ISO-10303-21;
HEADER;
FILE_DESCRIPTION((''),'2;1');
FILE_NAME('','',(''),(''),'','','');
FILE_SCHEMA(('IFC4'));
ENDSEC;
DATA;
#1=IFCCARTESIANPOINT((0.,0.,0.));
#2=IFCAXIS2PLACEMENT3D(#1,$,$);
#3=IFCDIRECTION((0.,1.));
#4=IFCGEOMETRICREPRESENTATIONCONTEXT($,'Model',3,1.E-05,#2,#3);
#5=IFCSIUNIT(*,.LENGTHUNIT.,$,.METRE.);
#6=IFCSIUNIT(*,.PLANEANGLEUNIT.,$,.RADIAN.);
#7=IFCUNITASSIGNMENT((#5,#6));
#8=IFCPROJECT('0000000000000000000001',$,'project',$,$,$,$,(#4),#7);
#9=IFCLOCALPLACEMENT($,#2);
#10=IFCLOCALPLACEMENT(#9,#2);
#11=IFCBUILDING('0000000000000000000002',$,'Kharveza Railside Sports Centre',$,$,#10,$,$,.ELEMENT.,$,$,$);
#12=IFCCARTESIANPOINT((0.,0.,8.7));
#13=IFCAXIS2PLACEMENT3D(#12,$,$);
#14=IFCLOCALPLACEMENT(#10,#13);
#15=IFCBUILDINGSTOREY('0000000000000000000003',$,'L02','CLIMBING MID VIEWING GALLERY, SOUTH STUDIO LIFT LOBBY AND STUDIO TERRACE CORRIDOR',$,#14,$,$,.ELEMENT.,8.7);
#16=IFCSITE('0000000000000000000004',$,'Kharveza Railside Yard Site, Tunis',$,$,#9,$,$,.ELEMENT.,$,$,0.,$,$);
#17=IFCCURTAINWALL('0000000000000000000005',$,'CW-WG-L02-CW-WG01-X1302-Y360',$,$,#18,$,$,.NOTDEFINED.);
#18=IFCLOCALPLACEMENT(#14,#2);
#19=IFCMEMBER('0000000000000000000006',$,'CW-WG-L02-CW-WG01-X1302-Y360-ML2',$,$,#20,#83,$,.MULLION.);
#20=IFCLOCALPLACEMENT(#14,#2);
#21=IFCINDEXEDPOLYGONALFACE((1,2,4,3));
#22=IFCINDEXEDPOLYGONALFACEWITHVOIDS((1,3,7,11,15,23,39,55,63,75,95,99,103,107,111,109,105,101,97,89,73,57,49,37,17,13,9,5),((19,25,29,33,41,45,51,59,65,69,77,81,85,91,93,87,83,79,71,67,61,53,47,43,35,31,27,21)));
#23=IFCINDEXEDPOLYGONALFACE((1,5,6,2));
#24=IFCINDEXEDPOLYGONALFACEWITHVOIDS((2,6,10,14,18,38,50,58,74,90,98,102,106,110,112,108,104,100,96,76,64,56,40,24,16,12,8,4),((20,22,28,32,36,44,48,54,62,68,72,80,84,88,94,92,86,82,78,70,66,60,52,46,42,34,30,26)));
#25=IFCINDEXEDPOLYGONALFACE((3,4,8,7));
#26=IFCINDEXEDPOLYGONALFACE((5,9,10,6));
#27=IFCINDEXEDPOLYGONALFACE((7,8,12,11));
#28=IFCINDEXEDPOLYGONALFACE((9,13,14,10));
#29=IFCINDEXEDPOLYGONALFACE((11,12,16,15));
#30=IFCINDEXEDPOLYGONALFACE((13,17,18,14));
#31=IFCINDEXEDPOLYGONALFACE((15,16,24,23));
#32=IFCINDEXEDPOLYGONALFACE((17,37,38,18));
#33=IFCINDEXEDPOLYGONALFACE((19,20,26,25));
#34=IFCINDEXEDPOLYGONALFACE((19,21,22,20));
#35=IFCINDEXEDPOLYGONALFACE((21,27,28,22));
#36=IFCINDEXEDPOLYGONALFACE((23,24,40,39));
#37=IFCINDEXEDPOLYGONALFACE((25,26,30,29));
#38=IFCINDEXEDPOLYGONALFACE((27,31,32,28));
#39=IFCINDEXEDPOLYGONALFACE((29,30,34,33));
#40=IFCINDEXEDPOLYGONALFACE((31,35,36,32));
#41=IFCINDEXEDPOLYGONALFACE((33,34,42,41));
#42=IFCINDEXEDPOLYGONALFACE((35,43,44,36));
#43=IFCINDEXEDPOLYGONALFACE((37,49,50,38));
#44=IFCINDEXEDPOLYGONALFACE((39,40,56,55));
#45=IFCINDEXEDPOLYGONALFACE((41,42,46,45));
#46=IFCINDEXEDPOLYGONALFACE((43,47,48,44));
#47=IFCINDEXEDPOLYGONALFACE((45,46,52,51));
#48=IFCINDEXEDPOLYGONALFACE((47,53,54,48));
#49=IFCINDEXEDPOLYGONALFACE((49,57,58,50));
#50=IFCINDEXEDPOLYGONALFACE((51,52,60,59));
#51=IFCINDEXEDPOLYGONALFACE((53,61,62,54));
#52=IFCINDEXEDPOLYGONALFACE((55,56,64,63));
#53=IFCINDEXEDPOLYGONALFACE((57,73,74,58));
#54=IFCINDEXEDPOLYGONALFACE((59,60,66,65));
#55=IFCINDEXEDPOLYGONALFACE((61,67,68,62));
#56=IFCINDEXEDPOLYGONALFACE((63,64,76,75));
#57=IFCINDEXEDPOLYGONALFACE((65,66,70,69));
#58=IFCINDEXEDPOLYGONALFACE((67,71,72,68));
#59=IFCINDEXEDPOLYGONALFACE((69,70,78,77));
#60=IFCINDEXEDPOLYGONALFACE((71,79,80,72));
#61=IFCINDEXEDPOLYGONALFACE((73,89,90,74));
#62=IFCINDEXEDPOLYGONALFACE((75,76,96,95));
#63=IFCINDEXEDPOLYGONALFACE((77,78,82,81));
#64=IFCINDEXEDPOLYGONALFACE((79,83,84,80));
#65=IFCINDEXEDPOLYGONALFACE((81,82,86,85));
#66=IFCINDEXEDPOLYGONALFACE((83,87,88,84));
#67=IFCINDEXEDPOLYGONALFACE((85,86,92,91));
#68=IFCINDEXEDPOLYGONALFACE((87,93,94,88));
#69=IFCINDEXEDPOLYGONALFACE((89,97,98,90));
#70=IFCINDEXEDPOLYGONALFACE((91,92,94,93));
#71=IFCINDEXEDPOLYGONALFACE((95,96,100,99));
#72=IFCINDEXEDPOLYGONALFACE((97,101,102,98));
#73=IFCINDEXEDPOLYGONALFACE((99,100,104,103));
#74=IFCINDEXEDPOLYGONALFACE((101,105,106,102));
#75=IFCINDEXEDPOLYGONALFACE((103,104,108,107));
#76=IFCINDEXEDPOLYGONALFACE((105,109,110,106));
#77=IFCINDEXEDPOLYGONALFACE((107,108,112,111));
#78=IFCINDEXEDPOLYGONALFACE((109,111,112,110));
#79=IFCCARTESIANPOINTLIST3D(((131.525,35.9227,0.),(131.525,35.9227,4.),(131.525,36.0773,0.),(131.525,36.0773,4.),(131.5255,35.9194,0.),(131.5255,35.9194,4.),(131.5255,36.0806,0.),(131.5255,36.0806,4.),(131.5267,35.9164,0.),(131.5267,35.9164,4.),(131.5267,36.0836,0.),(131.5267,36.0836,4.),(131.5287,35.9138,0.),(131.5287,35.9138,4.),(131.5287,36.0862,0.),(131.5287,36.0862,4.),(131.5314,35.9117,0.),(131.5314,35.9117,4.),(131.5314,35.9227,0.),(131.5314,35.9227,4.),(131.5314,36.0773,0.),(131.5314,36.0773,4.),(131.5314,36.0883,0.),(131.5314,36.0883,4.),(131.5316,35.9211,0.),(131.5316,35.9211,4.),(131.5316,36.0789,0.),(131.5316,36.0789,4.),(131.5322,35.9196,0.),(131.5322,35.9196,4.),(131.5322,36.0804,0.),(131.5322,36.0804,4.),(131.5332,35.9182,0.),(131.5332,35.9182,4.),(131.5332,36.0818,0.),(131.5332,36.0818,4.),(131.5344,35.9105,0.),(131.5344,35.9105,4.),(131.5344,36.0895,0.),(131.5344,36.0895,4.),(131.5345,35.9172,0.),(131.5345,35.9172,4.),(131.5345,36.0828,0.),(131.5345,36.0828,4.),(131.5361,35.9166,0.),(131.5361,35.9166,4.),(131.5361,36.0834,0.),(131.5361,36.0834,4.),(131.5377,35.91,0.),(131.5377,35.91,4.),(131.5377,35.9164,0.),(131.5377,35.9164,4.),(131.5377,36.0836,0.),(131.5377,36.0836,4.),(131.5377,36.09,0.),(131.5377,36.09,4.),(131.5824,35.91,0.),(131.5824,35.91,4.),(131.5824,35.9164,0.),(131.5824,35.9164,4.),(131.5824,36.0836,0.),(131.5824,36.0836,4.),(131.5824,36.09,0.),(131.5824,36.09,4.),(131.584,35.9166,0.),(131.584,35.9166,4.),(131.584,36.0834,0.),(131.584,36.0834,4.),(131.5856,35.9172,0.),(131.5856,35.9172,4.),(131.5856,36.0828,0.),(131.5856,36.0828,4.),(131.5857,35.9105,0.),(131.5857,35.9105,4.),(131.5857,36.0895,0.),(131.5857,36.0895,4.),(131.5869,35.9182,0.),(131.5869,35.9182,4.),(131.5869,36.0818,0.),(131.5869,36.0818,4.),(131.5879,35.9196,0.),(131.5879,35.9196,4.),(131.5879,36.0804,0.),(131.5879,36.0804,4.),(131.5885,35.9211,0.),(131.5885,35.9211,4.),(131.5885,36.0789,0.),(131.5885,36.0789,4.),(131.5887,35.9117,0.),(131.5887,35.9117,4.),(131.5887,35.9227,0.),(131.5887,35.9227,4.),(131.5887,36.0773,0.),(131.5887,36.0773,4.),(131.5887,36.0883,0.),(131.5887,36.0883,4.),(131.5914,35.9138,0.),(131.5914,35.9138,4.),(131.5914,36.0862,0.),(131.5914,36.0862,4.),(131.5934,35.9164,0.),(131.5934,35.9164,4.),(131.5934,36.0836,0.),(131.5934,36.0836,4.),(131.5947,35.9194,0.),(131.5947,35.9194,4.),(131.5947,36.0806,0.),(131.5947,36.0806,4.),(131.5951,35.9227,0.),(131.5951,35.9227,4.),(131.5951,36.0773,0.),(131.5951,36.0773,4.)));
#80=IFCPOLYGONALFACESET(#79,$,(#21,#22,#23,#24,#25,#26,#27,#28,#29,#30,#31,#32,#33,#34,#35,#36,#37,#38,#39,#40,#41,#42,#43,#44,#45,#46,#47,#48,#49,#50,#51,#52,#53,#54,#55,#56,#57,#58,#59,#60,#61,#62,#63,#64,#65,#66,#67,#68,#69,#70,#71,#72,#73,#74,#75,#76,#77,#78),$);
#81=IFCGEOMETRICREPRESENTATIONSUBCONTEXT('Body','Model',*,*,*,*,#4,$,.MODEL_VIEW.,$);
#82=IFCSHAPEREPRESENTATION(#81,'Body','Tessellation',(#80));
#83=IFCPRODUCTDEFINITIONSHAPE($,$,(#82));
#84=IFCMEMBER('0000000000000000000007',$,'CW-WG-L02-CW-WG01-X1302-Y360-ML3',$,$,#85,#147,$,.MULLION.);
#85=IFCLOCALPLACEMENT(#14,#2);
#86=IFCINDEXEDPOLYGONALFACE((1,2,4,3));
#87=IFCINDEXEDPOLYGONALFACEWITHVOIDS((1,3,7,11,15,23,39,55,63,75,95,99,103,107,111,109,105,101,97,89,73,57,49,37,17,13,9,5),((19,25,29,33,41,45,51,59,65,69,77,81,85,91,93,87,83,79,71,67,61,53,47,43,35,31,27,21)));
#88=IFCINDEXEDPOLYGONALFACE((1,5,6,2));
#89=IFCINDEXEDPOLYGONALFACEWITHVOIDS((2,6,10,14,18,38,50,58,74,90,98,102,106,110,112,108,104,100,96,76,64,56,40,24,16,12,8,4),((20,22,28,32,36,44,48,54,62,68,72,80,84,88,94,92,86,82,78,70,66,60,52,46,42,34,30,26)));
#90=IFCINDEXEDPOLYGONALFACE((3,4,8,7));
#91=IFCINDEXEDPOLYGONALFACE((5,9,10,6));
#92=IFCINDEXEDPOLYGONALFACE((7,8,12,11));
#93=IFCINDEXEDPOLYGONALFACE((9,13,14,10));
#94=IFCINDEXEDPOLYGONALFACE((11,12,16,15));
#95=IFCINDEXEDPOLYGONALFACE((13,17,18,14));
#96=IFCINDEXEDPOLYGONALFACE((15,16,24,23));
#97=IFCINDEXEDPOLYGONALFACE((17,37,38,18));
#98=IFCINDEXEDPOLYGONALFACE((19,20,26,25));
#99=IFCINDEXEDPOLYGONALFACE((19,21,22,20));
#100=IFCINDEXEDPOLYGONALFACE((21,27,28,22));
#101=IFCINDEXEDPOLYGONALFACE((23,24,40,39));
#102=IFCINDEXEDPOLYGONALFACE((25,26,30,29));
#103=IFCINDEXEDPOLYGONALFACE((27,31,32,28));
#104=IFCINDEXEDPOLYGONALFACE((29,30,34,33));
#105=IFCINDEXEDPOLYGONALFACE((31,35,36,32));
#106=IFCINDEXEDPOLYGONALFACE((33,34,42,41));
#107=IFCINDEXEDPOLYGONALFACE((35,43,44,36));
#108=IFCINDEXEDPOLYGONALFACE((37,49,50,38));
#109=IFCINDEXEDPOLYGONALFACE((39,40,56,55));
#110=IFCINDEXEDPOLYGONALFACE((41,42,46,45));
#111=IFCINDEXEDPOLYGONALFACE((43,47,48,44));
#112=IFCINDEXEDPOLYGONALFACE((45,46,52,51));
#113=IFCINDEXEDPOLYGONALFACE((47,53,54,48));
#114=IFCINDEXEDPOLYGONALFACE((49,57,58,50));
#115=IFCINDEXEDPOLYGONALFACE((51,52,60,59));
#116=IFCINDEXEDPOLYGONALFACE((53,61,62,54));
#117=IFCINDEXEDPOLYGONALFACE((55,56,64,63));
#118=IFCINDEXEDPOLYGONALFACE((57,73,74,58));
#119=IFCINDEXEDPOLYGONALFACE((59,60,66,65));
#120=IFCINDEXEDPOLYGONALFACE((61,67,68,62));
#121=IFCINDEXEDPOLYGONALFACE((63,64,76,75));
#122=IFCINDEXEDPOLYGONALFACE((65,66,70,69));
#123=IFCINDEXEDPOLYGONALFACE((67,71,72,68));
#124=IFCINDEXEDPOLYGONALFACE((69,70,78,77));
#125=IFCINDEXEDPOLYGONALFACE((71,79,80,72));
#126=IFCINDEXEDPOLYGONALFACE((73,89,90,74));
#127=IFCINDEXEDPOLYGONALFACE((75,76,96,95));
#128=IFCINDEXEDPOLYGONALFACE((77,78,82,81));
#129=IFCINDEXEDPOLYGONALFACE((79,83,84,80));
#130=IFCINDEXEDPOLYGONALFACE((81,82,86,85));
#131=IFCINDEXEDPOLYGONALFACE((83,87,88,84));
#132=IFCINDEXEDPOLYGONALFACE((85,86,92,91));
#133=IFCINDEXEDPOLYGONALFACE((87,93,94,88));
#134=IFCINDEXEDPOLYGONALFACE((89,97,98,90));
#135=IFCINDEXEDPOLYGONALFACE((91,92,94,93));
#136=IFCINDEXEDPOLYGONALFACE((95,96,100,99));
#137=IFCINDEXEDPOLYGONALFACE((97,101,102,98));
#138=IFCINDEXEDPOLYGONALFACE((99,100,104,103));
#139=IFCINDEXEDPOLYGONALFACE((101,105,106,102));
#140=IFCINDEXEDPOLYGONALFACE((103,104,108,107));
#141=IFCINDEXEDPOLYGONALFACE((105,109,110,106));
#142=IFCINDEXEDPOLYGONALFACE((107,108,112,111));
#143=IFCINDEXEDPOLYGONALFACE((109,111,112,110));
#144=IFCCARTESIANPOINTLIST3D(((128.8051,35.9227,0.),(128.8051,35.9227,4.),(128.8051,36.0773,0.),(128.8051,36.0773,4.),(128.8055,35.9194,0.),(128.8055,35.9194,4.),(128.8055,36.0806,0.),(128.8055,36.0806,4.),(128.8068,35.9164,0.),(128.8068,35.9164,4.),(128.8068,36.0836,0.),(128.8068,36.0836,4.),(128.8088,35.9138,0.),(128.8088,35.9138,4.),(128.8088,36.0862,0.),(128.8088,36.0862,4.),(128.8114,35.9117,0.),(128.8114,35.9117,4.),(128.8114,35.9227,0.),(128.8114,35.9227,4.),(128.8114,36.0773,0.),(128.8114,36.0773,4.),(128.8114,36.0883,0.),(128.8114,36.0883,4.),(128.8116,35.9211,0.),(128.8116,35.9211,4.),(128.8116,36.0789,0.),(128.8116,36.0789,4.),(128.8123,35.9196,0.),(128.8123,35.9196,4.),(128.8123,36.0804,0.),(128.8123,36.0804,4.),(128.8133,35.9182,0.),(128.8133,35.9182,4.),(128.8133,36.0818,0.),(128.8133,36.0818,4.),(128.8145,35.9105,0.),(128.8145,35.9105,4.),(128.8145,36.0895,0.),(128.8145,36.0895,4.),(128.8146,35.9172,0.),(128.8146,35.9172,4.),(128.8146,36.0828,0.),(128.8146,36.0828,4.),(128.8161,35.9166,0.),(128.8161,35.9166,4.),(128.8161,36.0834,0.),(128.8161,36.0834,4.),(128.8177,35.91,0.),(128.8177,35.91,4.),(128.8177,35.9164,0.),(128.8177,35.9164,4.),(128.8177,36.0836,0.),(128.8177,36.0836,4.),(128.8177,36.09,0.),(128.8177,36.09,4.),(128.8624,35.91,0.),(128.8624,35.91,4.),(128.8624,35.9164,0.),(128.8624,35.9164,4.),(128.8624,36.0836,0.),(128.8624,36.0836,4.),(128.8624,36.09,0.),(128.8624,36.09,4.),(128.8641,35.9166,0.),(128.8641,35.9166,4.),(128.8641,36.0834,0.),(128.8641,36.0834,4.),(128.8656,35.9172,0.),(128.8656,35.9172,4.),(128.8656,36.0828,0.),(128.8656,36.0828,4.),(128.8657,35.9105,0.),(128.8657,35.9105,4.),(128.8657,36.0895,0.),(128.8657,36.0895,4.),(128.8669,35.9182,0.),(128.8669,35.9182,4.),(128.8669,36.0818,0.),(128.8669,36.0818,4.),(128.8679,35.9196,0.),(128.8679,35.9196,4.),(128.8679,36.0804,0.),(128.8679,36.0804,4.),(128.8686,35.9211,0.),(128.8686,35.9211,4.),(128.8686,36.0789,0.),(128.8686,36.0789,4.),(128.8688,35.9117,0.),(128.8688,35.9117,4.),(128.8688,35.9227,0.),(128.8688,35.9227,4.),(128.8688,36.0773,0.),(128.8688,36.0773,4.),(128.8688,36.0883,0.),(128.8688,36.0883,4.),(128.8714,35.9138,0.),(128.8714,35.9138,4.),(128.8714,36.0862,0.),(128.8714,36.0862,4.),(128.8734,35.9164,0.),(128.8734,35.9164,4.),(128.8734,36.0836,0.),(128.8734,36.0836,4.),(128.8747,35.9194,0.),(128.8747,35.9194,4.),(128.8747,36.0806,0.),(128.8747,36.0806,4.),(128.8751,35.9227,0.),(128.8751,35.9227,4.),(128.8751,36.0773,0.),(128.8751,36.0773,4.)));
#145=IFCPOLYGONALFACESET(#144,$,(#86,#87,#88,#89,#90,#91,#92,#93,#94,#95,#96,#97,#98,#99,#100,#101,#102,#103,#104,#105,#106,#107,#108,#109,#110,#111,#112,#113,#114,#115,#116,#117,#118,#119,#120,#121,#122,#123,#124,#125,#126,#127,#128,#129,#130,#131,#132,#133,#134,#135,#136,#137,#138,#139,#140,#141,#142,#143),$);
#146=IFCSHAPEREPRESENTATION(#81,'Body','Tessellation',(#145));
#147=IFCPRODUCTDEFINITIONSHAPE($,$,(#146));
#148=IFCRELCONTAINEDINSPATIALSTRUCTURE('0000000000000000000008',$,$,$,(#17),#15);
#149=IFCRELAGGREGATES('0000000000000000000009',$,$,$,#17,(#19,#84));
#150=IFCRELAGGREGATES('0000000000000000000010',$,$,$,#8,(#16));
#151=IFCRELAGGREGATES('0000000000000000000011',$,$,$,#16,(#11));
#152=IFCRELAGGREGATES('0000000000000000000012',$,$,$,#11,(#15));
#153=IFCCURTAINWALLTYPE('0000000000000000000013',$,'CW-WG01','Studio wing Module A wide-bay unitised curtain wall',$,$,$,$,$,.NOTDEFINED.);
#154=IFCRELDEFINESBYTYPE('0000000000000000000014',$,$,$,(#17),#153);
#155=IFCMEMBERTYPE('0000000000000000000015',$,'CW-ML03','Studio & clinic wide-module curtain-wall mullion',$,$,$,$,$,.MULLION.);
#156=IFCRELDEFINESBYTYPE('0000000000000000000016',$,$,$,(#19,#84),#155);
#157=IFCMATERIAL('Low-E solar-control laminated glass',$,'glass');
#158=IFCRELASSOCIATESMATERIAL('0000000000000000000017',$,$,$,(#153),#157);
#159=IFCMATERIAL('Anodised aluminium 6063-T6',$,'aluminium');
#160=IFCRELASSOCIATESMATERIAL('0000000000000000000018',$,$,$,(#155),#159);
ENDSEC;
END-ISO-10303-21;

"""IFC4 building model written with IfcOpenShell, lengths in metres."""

from ifc_helpers import new_model, si_unit, direction, frame, origin, origin_2d, place, context, subcontext, project, spatial, hollow_rectangle, extrude, material, material_profile, profile_set, type_object, element, aggregate, save


model = new_model("IFC4")

# Units and contexts
model_context = context("Model", 3, precision=1e-05, world=origin(), true_north=direction((0.0, 1.0)))
body_context = subcontext(model_context, "Body", "Model", "MODEL_VIEW")
ifc_project = project(units=[si_unit("LENGTHUNIT", "METRE"), si_unit("PLANEANGLEUNIT", "RADIAN")], contexts=[model_context])

# Site, building, storey
site_placement = place(None, origin())
site = spatial("IfcSite", under=ifc_project, at=site_placement, Name="Kharveza Railside Yard Site, Tunis", CompositionType="ELEMENT", RefElevation=0.0)
building_placement = place(site_placement, origin())
building = spatial("IfcBuilding", under=site, at=building_placement, Name="Kharveza Railside Sports Centre", CompositionType="ELEMENT")
storey_placement = place(building_placement, frame((0.0, 0.0, 8.7)))
storey = spatial("IfcBuildingStorey", under=building, at=storey_placement, Name="L02", Description="CLIMBING MID VIEWING GALLERY, SOUTH STUDIO LIFT LOBBY AND STUDIO TERRACE CORRIDOR", CompositionType="ELEMENT", Elevation=8.7)

# Curtain wall, members
ifc_material_1 = material(Name="Low-E solar-control laminated glass", Category="glass")
curtain_wall_type = type_object("IfcCurtainWallType", Name="CW-WG01", Description="Studio wing Module A wide-bay unitised curtain wall", PredefinedType="NOTDEFINED", material=ifc_material_1)
curtain_wall_1_placement = place(storey_placement, origin())
curtain_wall_1 = element("IfcCurtainWall", 1, at=curtain_wall_1_placement, inside=storey, type_object=curtain_wall_type, Name="CW-WG-L02-CW-WG01-X1302-Y360", PredefinedType="NOTDEFINED")
ifc_material_2 = material(Name="Anodised aluminium 6063-T6", Category="aluminium")
ifc_material_profile_1 = material_profile(ifc_material_2, hollow_rectangle(XDim=0.0701, YDim=0.1799, WallThickness=0.0063, InnerFilletRadius=0.0063, OuterFilletRadius=0.0127, at=origin_2d()), Name="RHS 70x180x6.3")
ifc_profile_set_1 = profile_set([ifc_material_profile_1], Name="Anodised aluminium 6063-T6")
member_type_1 = type_object("IfcMemberType", Name="CW-ML03", Description="Studio & clinic wide-module curtain-wall mullion", PredefinedType="MULLION", material=ifc_profile_set_1)
member_1_placement = place(storey_placement, frame((131.5601, 36.0, 0.0), z_axis=(0.0, 0.0, 1.0), x_axis=(1.0, 0.0, 0.0)))
member_1 = element("IfcMember", 2, at=member_1_placement, type_object=member_type_1, Name="CW-WG-L02-CW-WG01-X1302-Y360-ML2", PredefinedType="MULLION", context=body_context, shape_type="SweptSolid", body=[
    extrude(hollow_rectangle(XDim=0.0701, YDim=0.1799, WallThickness=0.0063, InnerFilletRadius=0.0063, OuterFilletRadius=0.0127, at=origin_2d()), origin(), (0.0, 0.0, 1.0), 4.0),
])
member_2_placement = place(storey_placement, frame((128.8401, 36.0, 0.0), z_axis=(0.0, 0.0, 1.0), x_axis=(1.0, 0.0, 0.0)))
member_2 = element("IfcMember", 3, at=member_2_placement, type_object=member_type_1, Name="CW-WG-L02-CW-WG01-X1302-Y360-ML3", PredefinedType="MULLION", context=body_context, shape_type="SweptSolid", body=[
    extrude(hollow_rectangle(XDim=0.0701, YDim=0.1799, WallThickness=0.0063, InnerFilletRadius=0.0063, OuterFilletRadius=0.0127, at=origin_2d()), origin(), (0.0, 0.0, 1.0), 4.0),
])

aggregate(curtain_wall_1, [member_1, member_2])

save(model, "model.ifc")
